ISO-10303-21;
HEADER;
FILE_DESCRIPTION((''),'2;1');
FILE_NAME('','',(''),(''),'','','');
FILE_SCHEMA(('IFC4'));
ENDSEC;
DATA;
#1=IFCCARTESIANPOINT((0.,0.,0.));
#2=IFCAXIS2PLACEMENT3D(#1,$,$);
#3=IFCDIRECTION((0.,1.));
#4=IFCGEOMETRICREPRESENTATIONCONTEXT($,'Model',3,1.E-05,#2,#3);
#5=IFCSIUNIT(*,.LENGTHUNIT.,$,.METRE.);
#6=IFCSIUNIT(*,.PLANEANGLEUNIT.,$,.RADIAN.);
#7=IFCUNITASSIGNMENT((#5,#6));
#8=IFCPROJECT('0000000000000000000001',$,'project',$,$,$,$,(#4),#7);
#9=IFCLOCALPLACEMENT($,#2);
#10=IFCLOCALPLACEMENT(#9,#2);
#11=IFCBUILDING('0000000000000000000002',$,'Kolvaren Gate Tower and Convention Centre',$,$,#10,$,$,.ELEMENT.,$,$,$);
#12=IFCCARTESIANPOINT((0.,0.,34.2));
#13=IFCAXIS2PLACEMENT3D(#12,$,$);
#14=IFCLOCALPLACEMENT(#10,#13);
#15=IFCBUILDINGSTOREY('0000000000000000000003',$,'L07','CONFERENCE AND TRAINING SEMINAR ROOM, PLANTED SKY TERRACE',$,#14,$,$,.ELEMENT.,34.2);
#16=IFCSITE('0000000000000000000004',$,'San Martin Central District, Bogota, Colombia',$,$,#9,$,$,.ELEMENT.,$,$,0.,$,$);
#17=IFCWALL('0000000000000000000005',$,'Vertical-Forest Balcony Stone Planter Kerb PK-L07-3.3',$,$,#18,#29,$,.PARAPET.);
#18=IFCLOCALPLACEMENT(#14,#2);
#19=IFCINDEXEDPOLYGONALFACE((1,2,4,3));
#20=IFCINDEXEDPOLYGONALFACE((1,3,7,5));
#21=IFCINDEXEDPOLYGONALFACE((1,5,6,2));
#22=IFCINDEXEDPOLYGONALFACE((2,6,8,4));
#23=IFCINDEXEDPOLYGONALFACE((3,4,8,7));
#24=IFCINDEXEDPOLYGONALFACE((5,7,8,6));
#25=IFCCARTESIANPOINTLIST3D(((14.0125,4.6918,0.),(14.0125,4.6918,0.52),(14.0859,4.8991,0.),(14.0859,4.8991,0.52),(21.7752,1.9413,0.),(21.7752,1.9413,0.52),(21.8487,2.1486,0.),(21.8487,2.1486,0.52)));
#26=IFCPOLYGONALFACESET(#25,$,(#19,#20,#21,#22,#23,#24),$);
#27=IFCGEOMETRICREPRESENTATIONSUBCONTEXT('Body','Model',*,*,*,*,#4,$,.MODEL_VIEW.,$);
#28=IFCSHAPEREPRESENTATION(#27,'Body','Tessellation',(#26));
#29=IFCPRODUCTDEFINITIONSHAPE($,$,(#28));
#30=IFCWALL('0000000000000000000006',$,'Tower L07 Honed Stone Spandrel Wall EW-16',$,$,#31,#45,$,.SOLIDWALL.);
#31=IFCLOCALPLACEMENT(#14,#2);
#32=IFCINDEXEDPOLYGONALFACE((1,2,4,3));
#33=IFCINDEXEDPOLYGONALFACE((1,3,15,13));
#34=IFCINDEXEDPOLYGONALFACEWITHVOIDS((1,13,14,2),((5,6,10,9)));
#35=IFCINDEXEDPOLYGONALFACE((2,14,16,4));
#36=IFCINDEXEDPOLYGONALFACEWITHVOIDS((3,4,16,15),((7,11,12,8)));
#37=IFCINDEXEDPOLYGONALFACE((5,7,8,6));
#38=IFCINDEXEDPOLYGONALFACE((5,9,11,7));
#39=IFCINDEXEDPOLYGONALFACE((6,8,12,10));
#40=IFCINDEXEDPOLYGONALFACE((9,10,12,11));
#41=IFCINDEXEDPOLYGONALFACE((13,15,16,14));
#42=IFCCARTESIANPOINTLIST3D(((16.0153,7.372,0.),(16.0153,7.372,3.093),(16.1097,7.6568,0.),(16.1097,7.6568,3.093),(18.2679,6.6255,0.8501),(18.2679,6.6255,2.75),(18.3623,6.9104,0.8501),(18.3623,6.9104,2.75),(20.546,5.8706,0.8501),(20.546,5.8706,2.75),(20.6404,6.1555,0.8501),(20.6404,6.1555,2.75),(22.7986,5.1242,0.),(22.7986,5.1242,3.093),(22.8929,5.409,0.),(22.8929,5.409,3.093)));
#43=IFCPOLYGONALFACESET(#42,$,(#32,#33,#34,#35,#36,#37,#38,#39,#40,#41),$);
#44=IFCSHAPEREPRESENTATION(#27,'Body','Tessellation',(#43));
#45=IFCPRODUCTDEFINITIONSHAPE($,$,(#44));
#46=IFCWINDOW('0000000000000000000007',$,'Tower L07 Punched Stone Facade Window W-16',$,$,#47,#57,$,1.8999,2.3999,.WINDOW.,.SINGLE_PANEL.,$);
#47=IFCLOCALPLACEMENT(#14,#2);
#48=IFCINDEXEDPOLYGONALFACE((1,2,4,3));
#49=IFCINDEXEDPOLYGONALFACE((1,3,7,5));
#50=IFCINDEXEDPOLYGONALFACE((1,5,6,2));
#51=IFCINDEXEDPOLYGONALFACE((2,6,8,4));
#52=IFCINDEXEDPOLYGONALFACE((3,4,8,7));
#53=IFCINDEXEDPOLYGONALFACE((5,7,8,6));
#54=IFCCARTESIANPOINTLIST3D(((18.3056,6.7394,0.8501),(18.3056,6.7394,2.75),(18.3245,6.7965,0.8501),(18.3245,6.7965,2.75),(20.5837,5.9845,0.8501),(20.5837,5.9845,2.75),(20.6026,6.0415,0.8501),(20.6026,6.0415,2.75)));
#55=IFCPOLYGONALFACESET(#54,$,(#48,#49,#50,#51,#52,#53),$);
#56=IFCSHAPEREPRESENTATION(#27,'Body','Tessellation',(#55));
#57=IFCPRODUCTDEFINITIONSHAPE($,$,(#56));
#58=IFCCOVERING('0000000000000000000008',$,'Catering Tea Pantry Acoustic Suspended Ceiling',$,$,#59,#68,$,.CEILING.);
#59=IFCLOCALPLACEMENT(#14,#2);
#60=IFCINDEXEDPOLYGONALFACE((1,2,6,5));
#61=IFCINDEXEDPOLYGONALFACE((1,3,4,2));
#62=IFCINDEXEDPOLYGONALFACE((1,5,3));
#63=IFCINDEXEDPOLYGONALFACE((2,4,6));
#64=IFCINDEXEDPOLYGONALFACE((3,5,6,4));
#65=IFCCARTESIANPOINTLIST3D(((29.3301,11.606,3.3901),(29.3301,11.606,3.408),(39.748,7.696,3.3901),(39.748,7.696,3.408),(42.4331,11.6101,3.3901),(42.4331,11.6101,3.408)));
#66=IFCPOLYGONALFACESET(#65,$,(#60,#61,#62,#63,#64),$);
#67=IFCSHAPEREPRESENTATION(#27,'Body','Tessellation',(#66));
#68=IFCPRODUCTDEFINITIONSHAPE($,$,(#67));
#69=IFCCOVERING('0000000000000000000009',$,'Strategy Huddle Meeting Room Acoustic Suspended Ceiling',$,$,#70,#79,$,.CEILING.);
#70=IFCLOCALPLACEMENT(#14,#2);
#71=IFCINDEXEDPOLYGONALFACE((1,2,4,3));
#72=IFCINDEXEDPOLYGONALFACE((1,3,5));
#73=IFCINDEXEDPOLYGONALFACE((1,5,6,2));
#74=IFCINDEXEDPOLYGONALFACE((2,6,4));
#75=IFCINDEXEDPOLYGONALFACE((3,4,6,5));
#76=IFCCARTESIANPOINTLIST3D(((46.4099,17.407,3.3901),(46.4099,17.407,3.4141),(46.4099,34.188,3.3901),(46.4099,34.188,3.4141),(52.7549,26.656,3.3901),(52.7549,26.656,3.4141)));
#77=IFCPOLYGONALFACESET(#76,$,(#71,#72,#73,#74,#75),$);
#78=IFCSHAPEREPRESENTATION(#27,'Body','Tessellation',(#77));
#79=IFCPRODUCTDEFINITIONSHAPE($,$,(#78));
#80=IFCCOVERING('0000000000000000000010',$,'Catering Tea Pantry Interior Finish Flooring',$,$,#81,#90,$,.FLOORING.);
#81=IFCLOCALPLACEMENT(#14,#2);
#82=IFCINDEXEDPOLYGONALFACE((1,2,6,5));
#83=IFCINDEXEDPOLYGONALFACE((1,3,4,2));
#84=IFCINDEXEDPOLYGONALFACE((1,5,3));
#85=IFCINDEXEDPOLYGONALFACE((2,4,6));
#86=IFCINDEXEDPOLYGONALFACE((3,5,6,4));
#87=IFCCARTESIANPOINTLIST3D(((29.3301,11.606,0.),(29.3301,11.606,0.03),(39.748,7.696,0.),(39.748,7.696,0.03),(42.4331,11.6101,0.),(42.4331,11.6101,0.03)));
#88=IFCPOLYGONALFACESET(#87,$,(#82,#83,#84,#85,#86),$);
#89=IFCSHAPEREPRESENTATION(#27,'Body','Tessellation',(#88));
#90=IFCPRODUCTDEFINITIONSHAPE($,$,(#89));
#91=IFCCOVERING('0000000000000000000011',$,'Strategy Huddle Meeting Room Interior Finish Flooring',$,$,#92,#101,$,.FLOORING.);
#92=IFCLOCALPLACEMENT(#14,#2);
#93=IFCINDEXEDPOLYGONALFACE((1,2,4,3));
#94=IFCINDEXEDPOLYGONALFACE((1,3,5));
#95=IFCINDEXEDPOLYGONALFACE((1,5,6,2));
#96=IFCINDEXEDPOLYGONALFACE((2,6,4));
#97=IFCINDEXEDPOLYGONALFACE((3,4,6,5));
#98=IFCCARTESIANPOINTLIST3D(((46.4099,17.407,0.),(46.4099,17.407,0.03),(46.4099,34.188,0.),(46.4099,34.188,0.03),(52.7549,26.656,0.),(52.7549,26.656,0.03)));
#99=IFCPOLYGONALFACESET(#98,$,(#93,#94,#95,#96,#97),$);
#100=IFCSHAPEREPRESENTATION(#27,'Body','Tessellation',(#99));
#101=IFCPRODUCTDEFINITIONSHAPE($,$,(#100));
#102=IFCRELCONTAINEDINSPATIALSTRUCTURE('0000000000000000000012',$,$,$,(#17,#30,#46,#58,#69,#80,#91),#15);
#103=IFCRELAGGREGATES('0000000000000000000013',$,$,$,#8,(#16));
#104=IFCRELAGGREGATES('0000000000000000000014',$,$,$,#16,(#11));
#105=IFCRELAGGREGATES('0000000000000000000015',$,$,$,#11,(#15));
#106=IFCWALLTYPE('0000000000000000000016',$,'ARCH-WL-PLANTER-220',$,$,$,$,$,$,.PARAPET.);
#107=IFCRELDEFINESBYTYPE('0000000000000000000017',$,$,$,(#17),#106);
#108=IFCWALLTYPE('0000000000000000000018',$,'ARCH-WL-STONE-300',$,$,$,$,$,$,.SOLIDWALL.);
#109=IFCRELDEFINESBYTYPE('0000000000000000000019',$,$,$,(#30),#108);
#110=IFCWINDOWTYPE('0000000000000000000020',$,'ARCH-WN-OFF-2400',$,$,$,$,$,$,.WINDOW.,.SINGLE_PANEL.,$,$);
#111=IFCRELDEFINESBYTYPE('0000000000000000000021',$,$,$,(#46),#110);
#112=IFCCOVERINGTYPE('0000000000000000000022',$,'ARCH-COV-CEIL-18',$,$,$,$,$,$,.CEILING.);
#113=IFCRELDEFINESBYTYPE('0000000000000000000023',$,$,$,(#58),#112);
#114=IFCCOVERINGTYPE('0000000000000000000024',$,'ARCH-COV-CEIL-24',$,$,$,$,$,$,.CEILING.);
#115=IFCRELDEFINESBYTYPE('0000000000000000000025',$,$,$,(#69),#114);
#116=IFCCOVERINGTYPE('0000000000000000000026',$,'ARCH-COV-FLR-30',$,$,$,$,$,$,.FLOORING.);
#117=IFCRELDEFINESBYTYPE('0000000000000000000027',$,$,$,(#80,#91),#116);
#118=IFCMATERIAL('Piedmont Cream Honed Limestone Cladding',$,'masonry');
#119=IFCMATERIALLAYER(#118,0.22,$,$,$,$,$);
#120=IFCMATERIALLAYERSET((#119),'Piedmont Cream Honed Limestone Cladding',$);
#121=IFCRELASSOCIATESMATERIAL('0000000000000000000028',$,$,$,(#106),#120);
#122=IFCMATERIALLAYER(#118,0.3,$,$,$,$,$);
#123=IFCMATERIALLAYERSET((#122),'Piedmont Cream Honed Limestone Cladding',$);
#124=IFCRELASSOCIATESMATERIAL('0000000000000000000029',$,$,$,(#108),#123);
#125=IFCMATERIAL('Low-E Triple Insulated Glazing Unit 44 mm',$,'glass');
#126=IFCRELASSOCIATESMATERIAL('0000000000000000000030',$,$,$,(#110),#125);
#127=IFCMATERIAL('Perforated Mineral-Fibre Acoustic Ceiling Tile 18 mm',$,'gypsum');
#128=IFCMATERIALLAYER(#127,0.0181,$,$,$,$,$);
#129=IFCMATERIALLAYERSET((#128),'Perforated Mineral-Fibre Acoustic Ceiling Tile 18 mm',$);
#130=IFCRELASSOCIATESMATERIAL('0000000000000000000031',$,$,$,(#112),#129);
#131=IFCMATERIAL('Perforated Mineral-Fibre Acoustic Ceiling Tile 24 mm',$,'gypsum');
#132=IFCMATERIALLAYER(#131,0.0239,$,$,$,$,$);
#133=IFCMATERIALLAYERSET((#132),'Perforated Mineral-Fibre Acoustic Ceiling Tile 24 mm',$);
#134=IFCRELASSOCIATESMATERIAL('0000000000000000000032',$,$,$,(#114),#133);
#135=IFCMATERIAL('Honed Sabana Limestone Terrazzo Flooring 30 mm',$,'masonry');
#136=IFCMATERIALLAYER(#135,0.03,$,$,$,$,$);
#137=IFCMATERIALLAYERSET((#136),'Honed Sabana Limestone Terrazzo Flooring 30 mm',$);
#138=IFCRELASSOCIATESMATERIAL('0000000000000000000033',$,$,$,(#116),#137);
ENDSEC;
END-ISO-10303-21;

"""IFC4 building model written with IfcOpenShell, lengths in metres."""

from ifc_helpers import new_model, si_unit, direction, frame, frame_2d, origin, place, context, subcontext, project, spatial, polyline, rectangle, outline, extrude, material, layer, layer_set, type_object, element, fill, save


model = new_model("IFC4")

# Units and contexts
model_context = context("Model", 3, precision=1e-05, world=origin(), true_north=direction((0.0, 1.0)))
body_context = subcontext(model_context, "Body", "Model", "MODEL_VIEW")
ifc_project = project(units=[si_unit("LENGTHUNIT", "METRE"), si_unit("PLANEANGLEUNIT", "RADIAN")], contexts=[model_context])

# Site, building, storey
site_placement = place(None, origin())
site = spatial("IfcSite", under=ifc_project, at=site_placement, Name="San Martin Central District, Bogota, Colombia", CompositionType="ELEMENT", RefElevation=0.0)
building_placement = place(site_placement, origin())
building = spatial("IfcBuilding", under=site, at=building_placement, Name="Kolvaren Gate Tower and Convention Centre", CompositionType="ELEMENT")
storey_placement = place(building_placement, frame((0.0, 0.0, 34.2)))
storey = spatial("IfcBuildingStorey", under=building, at=storey_placement, Name="L07", Description="CONFERENCE AND TRAINING SEMINAR ROOM, PLANTED SKY TERRACE", CompositionType="ELEMENT", Elevation=34.2)

# Wall
ifc_material_1 = material(Name="Piedmont Cream Honed Limestone Cladding", Category="masonry")
ifc_layer_1 = layer(ifc_material_1, 0.22)
ifc_layer_set_1 = layer_set([ifc_layer_1], Name="Piedmont Cream Honed Limestone Cladding")
wall_type_1 = type_object("IfcWallType", Name="ARCH-WL-PLANTER-220", PredefinedType="PARAPET", material=ifc_layer_set_1)
wall_1_placement = place(storey_placement, frame((14.0493, 4.7954, 0.0), z_axis=(0.0, 0.0, 1.0), x_axis=(0.942581, -0.333977, 0.0)))
element("IfcWall", 1, at=wall_1_placement, inside=storey, type_object=wall_type_1, Name="Vertical-Forest Balcony Stone Planter Kerb PK-L07-3.3", PredefinedType="PARAPET", context=body_context, shape_type="SweptSolid", body=[
    extrude(rectangle(XDim=8.2356, YDim=0.22, at=frame_2d((4.1177, 0.0))), origin(), (0.0, 0.0, 1.0), 0.52),
])

# Wall, opening, window
ifc_layer_2 = layer(ifc_material_1, 0.3)
ifc_layer_set_2 = layer_set([ifc_layer_2], Name="Piedmont Cream Honed Limestone Cladding")
wall_type_2 = type_object("IfcWallType", Name="ARCH-WL-STONE-300", PredefinedType="SOLIDWALL", material=ifc_layer_set_2)
wall_2_placement = place(storey_placement, frame((16.0625, 7.5144, 0.0), z_axis=(0.0, 0.0, 1.0), x_axis=(0.949239, -0.314557, 0.0)))
wall_2 = element("IfcWall", 2, at=wall_2_placement, inside=storey, type_object=wall_type_2, Name="Tower L07 Honed Stone Spandrel Wall EW-16", PredefinedType="SOLIDWALL", context=body_context, shape_type="SweptSolid", body=[
    extrude(rectangle(XDim=7.146, YDim=0.3, at=frame_2d((3.573, 0.0))), origin(), (0.0, 0.0, 1.0), 3.093),
])
opening_placement = place(wall_2_placement, frame((2.373, 0.0, 0.8501)))
opening = element("IfcOpeningElement", 3, at=opening_placement, cuts=wall_2, PredefinedType="OPENING", context=body_context, shape_type="SweptSolid", body=[
    extrude(rectangle(XDim=2.3999, YDim=1.8999, at=frame_2d((1.2, 0.95))), frame((0.0, 0.1599, 0.0), z_axis=(0.0, -1.0, 0.0), x_axis=(1.0, 0.0, 0.0)), (0.0, 0.0, 1.0), 0.3201),
])
ifc_material_2 = material(Name="Low-E Triple Insulated Glazing Unit 44 mm", Category="glass")
window_type = type_object("IfcWindowType", Name="ARCH-WN-OFF-2400", PartitioningType="SINGLE_PANEL", PredefinedType="WINDOW", material=ifc_material_2)
window_placement = place(opening_placement, origin())
window = element("IfcWindow", 4, at=window_placement, inside=storey, type_object=window_type, Name="Tower L07 Punched Stone Facade Window W-16", OverallHeight=1.8999, OverallWidth=2.3999, PartitioningType="SINGLE_PANEL", PredefinedType="WINDOW", context=body_context, shape_type="SweptSolid", body=[
    extrude(rectangle(XDim=2.3999, YDim=1.8999, at=frame_2d((1.2, 0.95))), frame((0.0, 0.03, 0.0), z_axis=(0.0, -1.0, 0.0), x_axis=(1.0, 0.0, 0.0)), (0.0, 0.0, 1.0), 0.0601),
])
fill(opening, window)

# Coverings
ifc_material_3 = material(Name="Perforated Mineral-Fibre Acoustic Ceiling Tile 18 mm", Category="gypsum")
ifc_layer_3 = layer(ifc_material_3, 0.0181)
ifc_layer_set_3 = layer_set([ifc_layer_3], Name="Perforated Mineral-Fibre Acoustic Ceiling Tile 18 mm")
covering_type_1 = type_object("IfcCoveringType", Name="ARCH-COV-CEIL-18", PredefinedType="CEILING", material=ifc_layer_set_3)
covering_1_placement = place(storey_placement, frame((0.0, 0.0, 3.3901)))
element("IfcCovering", 5, at=covering_1_placement, inside=storey, type_object=covering_type_1, Name="Catering Tea Pantry Acoustic Suspended Ceiling", PredefinedType="CEILING", context=body_context, shape_type="SweptSolid", body=[
    extrude(outline(polyline([(39.748, 7.696), (29.3301, 11.606), (42.4331, 11.6101), (39.748, 7.696)])), origin(), (0.0, 0.0, 1.0), 0.0178),
])
ifc_material_4 = material(Name="Perforated Mineral-Fibre Acoustic Ceiling Tile 24 mm", Category="gypsum")
ifc_layer_4 = layer(ifc_material_4, 0.0239)
ifc_layer_set_4 = layer_set([ifc_layer_4], Name="Perforated Mineral-Fibre Acoustic Ceiling Tile 24 mm")
covering_type_2 = type_object("IfcCoveringType", Name="ARCH-COV-CEIL-24", PredefinedType="CEILING", material=ifc_layer_set_4)
covering_2_placement = place(storey_placement, frame((0.0, 0.0, 3.3901)))
element("IfcCovering", 6, at=covering_2_placement, inside=storey, type_object=covering_type_2, Name="Strategy Huddle Meeting Room Acoustic Suspended Ceiling", PredefinedType="CEILING", context=body_context, shape_type="SweptSolid", body=[
    extrude(outline(polyline([(46.4099, 17.407), (46.4099, 34.188), (52.7549, 26.656), (46.4099, 17.407)])), origin(), (0.0, 0.0, 1.0), 0.0239),
])
ifc_material_5 = material(Name="Honed Sabana Limestone Terrazzo Flooring 30 mm", Category="masonry")
ifc_layer_5 = layer(ifc_material_5, 0.03)
ifc_layer_set_5 = layer_set([ifc_layer_5], Name="Honed Sabana Limestone Terrazzo Flooring 30 mm")
covering_type_3 = type_object("IfcCoveringType", Name="ARCH-COV-FLR-30", PredefinedType="FLOORING", material=ifc_layer_set_5)
covering_3_placement = place(storey_placement, origin())
element("IfcCovering", 7, at=covering_3_placement, inside=storey, type_object=covering_type_3, Name="Catering Tea Pantry Interior Finish Flooring", PredefinedType="FLOORING", context=body_context, shape_type="SweptSolid", body=[
    extrude(outline(polyline([(39.748, 7.696), (29.3301, 11.606), (42.4331, 11.6101), (39.748, 7.696)])), origin(), (0.0, 0.0, 1.0), 0.03),
])
covering_4_placement = place(storey_placement, origin())
element("IfcCovering", 8, at=covering_4_placement, inside=storey, type_object=covering_type_3, Name="Strategy Huddle Meeting Room Interior Finish Flooring", PredefinedType="FLOORING", context=body_context, shape_type="SweptSolid", body=[
    extrude(outline(polyline([(46.4099, 17.407), (46.4099, 34.188), (52.7549, 26.656), (46.4099, 17.407)])), origin(), (0.0, 0.0, 1.0), 0.03),
])

save(model, "model.ifc")
